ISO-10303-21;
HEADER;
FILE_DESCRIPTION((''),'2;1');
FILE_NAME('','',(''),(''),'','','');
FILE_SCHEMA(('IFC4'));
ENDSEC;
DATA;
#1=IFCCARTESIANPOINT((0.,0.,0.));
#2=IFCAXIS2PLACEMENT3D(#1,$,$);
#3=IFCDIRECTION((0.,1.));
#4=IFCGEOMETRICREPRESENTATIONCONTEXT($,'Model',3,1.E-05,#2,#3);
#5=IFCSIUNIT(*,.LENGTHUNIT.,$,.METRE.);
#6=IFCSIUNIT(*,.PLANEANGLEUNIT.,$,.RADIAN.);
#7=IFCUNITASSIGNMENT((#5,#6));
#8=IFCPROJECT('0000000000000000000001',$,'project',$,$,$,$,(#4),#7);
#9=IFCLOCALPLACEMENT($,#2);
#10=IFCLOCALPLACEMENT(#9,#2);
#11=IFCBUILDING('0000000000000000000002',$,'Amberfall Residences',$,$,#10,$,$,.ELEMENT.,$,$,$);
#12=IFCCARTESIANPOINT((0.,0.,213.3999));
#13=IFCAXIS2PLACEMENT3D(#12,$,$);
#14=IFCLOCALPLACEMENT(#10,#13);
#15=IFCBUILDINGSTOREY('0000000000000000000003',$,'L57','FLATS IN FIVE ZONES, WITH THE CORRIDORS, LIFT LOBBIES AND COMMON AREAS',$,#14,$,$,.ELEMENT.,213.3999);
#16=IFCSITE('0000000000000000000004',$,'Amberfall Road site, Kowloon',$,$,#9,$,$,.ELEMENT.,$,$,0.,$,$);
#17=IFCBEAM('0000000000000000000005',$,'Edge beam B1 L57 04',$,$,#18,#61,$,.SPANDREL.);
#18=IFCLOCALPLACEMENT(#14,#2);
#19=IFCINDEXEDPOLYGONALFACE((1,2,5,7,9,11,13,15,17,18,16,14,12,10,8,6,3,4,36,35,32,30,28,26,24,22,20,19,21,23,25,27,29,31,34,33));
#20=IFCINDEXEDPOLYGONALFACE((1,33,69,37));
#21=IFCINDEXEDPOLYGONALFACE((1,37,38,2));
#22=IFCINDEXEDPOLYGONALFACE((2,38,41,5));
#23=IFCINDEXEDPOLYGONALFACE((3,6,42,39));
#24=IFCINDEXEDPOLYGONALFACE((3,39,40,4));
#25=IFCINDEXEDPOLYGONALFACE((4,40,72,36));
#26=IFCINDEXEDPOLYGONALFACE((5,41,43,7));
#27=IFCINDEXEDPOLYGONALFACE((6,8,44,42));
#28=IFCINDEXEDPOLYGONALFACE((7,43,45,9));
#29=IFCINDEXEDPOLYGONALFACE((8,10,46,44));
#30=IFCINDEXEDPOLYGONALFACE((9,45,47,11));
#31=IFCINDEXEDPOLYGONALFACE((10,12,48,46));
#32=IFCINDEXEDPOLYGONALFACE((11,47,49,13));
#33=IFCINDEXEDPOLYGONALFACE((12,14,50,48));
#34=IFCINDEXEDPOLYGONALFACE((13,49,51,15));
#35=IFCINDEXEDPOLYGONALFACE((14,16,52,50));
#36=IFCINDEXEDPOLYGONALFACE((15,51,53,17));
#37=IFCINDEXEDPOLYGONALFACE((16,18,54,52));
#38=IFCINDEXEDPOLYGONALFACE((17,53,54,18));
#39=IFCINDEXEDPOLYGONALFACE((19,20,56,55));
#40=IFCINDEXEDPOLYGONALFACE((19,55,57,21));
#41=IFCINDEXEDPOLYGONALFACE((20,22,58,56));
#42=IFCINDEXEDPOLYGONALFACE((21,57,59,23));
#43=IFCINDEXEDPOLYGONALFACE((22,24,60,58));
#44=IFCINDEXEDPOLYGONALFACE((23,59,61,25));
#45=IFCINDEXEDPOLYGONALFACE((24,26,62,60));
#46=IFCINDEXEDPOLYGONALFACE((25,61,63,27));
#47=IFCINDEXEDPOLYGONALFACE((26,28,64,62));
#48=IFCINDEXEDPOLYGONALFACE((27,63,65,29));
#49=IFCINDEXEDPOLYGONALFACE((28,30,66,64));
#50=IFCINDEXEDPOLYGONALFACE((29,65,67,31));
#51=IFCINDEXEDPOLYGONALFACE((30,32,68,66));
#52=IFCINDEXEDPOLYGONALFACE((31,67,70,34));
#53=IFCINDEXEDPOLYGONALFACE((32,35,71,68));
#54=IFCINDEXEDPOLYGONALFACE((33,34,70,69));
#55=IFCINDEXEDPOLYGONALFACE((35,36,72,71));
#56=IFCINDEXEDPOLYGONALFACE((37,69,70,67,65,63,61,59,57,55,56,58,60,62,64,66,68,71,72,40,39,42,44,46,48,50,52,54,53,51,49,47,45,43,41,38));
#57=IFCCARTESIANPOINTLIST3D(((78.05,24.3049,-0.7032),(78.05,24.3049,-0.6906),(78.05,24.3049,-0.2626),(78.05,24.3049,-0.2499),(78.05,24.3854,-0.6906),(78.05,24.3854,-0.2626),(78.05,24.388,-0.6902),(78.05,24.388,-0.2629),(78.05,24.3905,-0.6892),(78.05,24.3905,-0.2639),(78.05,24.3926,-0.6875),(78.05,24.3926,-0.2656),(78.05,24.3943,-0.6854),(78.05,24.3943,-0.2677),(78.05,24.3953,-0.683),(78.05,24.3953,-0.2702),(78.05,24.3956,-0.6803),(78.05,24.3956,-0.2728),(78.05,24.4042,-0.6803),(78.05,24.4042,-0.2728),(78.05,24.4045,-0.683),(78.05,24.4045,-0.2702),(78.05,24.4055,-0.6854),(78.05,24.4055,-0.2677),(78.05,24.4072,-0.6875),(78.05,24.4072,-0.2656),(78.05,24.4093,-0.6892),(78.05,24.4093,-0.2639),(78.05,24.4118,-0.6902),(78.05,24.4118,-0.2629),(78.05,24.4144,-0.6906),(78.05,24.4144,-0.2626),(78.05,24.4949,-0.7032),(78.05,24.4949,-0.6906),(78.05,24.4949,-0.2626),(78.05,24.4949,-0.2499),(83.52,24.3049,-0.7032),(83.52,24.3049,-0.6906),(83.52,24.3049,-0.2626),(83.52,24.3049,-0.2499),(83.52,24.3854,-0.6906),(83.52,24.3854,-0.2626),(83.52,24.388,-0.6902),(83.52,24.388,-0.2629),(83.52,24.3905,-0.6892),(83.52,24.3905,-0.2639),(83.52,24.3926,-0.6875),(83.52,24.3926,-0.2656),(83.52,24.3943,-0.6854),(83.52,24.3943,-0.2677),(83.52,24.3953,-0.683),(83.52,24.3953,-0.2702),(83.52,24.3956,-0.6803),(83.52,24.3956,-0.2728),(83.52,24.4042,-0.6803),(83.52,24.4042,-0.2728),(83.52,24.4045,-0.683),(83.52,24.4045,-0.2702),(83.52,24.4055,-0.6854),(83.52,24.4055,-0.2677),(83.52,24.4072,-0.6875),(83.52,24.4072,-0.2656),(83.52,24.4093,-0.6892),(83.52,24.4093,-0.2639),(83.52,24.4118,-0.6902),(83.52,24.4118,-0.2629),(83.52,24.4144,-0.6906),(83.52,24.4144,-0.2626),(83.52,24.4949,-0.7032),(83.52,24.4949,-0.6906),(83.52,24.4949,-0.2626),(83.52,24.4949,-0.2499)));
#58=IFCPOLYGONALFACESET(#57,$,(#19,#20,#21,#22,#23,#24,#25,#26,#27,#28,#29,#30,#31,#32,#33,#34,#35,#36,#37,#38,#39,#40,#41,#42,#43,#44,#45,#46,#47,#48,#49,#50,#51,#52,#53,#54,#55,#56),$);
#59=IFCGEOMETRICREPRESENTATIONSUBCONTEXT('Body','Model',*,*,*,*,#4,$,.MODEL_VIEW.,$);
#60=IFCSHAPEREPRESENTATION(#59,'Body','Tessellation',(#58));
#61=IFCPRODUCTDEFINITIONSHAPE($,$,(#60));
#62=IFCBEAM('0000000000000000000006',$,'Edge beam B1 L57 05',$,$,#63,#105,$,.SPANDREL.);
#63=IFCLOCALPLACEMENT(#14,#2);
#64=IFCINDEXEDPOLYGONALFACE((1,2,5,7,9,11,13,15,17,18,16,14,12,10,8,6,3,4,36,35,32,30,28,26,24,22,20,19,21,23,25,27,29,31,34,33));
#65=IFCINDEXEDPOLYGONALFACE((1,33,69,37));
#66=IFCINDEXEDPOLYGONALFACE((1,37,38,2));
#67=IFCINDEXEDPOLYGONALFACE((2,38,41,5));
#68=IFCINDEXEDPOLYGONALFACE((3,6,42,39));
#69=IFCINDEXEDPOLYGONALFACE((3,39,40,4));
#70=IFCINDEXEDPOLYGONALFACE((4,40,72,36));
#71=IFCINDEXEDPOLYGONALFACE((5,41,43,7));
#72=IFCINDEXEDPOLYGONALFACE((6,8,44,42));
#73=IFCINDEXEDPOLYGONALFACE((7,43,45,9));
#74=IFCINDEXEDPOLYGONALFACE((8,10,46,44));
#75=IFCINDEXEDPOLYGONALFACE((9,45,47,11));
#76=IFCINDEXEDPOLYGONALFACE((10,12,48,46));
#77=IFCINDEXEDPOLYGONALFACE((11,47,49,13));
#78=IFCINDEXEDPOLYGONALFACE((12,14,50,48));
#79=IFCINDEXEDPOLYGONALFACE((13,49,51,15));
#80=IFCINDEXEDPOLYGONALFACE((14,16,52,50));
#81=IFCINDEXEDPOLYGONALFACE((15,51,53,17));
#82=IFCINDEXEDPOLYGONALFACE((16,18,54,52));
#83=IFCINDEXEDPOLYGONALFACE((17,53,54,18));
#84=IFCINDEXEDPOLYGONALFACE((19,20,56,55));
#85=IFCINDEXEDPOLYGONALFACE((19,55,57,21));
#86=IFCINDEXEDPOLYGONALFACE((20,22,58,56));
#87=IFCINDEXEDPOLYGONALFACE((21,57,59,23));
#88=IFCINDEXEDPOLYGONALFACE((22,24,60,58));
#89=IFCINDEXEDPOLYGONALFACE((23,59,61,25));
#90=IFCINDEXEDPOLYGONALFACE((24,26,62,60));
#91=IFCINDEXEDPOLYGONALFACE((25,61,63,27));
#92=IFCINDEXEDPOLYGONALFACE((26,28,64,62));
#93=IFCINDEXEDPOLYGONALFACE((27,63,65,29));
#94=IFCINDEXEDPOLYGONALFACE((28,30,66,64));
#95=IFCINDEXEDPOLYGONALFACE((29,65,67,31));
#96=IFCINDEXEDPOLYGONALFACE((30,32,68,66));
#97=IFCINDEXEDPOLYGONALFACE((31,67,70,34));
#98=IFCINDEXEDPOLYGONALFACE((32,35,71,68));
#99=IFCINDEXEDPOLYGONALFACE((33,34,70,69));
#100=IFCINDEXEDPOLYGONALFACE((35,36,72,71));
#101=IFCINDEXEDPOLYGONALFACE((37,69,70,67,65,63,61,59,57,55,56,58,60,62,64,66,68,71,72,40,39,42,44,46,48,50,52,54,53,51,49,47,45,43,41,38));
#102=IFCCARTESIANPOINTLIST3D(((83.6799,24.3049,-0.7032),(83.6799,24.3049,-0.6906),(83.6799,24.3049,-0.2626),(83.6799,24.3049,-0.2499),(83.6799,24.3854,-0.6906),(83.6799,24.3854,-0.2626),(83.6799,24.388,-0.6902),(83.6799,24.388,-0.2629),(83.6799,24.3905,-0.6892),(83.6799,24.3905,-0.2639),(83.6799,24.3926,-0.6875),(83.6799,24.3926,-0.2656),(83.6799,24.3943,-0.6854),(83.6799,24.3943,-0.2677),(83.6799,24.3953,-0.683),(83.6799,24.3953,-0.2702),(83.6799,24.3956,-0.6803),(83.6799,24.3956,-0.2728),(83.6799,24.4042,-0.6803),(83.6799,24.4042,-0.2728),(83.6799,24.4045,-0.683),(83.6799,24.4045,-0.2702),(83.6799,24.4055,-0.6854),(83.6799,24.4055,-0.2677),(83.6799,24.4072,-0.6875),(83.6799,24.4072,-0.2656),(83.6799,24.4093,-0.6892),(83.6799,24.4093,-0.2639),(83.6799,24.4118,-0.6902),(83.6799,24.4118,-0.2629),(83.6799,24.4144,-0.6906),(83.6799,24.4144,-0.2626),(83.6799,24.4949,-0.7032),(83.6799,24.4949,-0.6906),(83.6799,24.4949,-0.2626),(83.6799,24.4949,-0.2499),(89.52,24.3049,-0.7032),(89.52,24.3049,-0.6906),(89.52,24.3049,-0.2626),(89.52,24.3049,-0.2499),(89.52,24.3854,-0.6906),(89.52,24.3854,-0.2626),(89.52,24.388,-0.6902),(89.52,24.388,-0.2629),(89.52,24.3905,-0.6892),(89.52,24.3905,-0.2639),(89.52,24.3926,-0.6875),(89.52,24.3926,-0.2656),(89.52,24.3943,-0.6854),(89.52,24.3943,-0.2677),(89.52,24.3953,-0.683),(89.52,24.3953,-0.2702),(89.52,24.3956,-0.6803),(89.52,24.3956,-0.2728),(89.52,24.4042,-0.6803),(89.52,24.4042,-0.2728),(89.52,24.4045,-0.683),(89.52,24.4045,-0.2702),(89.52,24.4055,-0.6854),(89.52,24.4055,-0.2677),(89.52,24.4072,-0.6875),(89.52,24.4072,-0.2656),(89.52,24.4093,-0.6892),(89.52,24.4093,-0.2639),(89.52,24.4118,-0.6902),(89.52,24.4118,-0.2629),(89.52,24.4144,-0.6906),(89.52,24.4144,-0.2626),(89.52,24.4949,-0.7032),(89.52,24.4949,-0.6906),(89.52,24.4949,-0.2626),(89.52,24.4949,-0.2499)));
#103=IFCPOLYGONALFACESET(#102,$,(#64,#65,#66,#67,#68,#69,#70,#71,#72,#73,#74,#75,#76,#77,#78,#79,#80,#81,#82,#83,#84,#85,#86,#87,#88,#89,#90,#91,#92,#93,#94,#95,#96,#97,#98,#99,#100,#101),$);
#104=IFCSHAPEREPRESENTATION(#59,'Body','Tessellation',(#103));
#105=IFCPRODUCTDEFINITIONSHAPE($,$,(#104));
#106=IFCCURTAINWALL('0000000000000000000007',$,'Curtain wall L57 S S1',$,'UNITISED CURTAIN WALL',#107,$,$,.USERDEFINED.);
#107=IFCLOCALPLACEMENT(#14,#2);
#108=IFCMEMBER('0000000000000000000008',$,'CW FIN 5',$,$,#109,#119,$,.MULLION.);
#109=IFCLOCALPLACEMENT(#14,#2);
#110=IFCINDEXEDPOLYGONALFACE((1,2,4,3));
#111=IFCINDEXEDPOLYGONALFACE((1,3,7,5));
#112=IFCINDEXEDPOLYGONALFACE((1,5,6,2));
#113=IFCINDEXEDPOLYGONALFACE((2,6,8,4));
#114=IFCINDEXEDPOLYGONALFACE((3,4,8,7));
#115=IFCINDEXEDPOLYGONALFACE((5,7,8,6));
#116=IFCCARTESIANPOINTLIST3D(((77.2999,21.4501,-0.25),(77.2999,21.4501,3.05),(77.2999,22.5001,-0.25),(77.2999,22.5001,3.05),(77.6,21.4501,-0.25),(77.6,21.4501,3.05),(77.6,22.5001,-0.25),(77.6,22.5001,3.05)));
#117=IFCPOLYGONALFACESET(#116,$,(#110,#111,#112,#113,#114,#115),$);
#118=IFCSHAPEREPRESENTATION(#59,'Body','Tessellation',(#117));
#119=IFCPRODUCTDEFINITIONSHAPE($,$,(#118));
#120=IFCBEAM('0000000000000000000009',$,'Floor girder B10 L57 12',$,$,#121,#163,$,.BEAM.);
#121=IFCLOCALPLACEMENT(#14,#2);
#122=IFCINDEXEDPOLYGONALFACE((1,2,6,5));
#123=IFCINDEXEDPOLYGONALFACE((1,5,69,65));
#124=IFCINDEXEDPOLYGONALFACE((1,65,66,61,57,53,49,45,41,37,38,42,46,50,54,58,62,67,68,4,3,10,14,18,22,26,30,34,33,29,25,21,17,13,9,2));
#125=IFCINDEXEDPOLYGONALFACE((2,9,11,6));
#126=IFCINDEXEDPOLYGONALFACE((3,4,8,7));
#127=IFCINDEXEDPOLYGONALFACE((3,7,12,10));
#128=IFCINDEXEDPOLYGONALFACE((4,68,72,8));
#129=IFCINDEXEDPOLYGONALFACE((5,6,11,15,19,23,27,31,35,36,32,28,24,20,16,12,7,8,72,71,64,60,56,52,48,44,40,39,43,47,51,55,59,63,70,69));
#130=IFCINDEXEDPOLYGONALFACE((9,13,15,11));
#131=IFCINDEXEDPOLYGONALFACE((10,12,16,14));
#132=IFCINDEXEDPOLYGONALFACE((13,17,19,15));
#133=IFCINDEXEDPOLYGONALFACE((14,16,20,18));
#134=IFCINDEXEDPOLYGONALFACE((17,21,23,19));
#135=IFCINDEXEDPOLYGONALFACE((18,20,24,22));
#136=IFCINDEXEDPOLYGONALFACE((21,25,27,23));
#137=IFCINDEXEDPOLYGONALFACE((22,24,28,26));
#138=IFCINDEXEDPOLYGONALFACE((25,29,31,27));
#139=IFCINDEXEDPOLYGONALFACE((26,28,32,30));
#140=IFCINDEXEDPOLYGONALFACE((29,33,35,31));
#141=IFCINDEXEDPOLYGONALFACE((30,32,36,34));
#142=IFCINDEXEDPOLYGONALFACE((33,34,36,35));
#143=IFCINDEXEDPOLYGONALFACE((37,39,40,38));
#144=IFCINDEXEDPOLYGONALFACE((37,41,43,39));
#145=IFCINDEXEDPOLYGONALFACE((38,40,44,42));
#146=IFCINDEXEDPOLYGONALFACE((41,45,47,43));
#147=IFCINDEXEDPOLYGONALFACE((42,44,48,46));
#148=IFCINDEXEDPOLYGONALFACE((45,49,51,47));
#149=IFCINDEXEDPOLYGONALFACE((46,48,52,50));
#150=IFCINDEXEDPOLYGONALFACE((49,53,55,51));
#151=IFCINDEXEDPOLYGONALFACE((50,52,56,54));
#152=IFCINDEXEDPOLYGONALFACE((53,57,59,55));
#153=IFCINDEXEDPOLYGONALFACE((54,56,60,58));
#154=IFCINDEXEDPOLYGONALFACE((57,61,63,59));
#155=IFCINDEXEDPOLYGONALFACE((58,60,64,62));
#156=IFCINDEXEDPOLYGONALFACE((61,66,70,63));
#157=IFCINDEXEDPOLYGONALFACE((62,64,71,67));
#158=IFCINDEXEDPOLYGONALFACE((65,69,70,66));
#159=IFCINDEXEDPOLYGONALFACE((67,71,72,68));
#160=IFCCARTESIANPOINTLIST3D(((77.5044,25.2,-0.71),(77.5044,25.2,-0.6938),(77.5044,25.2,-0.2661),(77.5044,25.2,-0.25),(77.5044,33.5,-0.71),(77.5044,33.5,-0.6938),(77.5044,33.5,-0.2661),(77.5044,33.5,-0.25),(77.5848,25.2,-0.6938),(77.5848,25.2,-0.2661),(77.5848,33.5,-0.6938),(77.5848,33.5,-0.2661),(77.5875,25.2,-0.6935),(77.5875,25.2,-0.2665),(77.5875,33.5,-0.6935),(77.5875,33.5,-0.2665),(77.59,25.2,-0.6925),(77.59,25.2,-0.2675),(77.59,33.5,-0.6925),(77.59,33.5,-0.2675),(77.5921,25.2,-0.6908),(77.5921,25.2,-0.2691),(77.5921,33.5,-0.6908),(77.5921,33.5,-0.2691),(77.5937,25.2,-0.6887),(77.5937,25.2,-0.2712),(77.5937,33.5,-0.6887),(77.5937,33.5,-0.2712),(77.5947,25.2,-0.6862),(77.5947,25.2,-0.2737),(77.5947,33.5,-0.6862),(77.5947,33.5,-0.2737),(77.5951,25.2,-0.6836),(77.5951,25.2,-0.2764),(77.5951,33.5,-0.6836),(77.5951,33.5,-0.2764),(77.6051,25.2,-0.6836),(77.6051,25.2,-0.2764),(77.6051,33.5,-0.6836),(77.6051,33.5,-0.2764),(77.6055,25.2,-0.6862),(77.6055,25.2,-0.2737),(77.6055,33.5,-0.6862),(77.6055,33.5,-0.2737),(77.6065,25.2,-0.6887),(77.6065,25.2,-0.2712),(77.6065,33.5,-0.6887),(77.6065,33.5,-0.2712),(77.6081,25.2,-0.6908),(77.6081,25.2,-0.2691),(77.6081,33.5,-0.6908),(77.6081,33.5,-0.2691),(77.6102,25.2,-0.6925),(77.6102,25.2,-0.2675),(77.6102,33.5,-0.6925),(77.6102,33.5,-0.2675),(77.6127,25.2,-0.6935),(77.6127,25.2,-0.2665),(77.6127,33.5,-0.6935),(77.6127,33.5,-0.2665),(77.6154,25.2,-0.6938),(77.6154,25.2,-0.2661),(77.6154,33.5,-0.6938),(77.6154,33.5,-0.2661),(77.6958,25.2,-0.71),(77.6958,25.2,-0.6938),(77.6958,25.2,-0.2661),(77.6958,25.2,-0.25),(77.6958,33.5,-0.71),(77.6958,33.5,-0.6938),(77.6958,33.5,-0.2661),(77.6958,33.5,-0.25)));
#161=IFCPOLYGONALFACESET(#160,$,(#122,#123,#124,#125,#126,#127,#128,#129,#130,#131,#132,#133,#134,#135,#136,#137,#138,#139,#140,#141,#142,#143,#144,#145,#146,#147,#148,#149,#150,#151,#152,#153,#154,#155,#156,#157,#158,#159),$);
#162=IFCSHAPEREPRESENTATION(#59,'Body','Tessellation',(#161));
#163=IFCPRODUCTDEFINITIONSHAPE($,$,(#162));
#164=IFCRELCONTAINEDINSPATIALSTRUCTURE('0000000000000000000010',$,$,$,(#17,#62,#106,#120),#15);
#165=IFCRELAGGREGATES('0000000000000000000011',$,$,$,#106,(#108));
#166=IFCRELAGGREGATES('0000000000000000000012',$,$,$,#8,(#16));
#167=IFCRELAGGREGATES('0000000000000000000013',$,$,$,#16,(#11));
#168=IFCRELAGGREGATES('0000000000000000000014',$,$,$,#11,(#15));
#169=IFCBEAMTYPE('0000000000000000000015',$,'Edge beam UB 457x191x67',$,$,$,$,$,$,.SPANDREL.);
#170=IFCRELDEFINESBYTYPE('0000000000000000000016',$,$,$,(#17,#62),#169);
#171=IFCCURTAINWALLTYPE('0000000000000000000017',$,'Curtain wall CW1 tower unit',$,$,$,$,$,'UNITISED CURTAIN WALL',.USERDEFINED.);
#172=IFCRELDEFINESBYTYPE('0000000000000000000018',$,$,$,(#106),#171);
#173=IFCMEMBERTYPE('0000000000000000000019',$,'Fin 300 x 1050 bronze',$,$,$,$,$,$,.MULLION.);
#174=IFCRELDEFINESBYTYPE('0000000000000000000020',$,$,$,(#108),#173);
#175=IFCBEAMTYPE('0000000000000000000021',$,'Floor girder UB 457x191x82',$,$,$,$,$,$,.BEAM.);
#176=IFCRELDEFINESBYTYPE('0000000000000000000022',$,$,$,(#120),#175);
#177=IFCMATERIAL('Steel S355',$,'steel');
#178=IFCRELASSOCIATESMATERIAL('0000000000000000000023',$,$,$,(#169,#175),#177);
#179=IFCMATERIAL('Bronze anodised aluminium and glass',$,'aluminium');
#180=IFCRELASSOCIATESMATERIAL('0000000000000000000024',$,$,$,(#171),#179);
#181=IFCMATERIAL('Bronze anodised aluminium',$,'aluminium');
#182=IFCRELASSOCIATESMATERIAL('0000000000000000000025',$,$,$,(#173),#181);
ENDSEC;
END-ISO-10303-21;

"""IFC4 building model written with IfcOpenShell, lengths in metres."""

from ifc_helpers import new_model, si_unit, direction, frame, origin, origin_2d, place, context, subcontext, project, spatial, rectangle, i_section, extrude, material, material_profile, profile_set, type_object, element, aggregate, save


model = new_model("IFC4")

# Units and contexts
model_context = context("Model", 3, precision=1e-05, world=origin(), true_north=direction((0.0, 1.0)))
body_context = subcontext(model_context, "Body", "Model", "MODEL_VIEW")
ifc_project = project(units=[si_unit("LENGTHUNIT", "METRE"), si_unit("PLANEANGLEUNIT", "RADIAN")], contexts=[model_context])

# Site, building, storey
site_placement = place(None, origin())
site = spatial("IfcSite", under=ifc_project, at=site_placement, Name="Amberfall Road site, Kowloon", CompositionType="ELEMENT", RefElevation=0.0)
building_placement = place(site_placement, origin())
building = spatial("IfcBuilding", under=site, at=building_placement, Name="Amberfall Residences", CompositionType="ELEMENT")
storey_placement = place(building_placement, frame((0.0, 0.0, 213.3999)))
storey = spatial("IfcBuildingStorey", under=building, at=storey_placement, Name="L57", Description="FLATS IN FIVE ZONES, WITH THE CORRIDORS, LIFT LOBBIES AND COMMON AREAS", CompositionType="ELEMENT", Elevation=213.3999)

# Beams
ifc_material_1 = material(Name="Steel S355", Category="steel")
ifc_material_profile_1 = material_profile(ifc_material_1, i_section(OverallWidth=0.1899, OverallDepth=0.4534, WebThickness=0.0085, FlangeThickness=0.0127, FilletRadius=0.0103, at=origin_2d()), Name="UB 457x191x67")
ifc_profile_set_1 = profile_set([ifc_material_profile_1], Name="Steel S355")
beam_type_1 = type_object("IfcBeamType", Name="Edge beam UB 457x191x67", PredefinedType="SPANDREL", material=ifc_profile_set_1)
for number, where, z_axis, x_axis, name in (
    (1, (78.05, 24.3999, -0.4766), (1.0, 0.0, 0.0), (0.0, 1.0, 0.0), "Edge beam B1 L57 04"),
):
    element("IfcBeam", number, at=place(storey_placement, frame(where, z_axis=z_axis, x_axis=x_axis)), inside=storey, type_object=beam_type_1, Name=name, PredefinedType="SPANDREL", context=body_context, shape_type="SweptSolid", body=[
        extrude(i_section(OverallWidth=0.1899, OverallDepth=0.4534, WebThickness=0.0085, FlangeThickness=0.0127, FilletRadius=0.0103, at=origin_2d()), origin(), (0.0, 0.0, 1.0), 5.47),
    ])
beam_1_placement = place(storey_placement, frame((83.6799, 24.3999, -0.4766), z_axis=(1.0, 0.0, 0.0), x_axis=(0.0, 1.0, 0.0)))
element("IfcBeam", 2, at=beam_1_placement, inside=storey, type_object=beam_type_1, Name="Edge beam B1 L57 05", PredefinedType="SPANDREL", context=body_context, shape_type="SweptSolid", body=[
    extrude(i_section(OverallWidth=0.1899, OverallDepth=0.4534, WebThickness=0.0085, FlangeThickness=0.0127, FilletRadius=0.0103, at=origin_2d()), origin(), (0.0, 0.0, 1.0), 5.8401),
])

# Curtain wall, member
ifc_material_2 = material(Name="Bronze anodised aluminium and glass", Category="aluminium")
curtain_wall_type = type_object("IfcCurtainWallType", Name="Curtain wall CW1 tower unit", ElementType="UNITISED CURTAIN WALL", PredefinedType="USERDEFINED", material=ifc_material_2)
curtain_wall_placement = place(storey_placement, origin())
curtain_wall = element("IfcCurtainWall", 3, at=curtain_wall_placement, inside=storey, type_object=curtain_wall_type, Name="Curtain wall L57 S S1", ObjectType="UNITISED CURTAIN WALL", PredefinedType="USERDEFINED")
ifc_material_3 = material(Name="Bronze anodised aluminium", Category="aluminium")
ifc_material_profile_2 = material_profile(ifc_material_3, rectangle(XDim=1.05, YDim=0.3, at=origin_2d()), Name="Fin 300 x 1050 bronze")
ifc_profile_set_2 = profile_set([ifc_material_profile_2], Name="Bronze anodised aluminium")
member_type = type_object("IfcMemberType", Name="Fin 300 x 1050 bronze", PredefinedType="MULLION", material=ifc_profile_set_2)
member_placement = place(storey_placement, frame((77.45, 21.9751, -0.25), z_axis=(0.0, 0.0, 1.0), x_axis=(0.0, 1.0, 0.0)))
member = element("IfcMember", 4, at=member_placement, type_object=member_type, Name="CW FIN 5", PredefinedType="MULLION", context=body_context, shape_type="SweptSolid", body=[
    extrude(rectangle(XDim=1.05, YDim=0.3, at=origin_2d()), origin(), (0.0, 0.0, 1.0), 3.3),
])

# Beam
ifc_material_profile_3 = material_profile(ifc_material_1, i_section(OverallWidth=0.1914, OverallDepth=0.46, WebThickness=0.01, FlangeThickness=0.0161, FilletRadius=0.0103, at=origin_2d()), Name="UB 457x191x82")
ifc_profile_set_3 = profile_set([ifc_material_profile_3], Name="Steel S355")
beam_type_2 = type_object("IfcBeamType", Name="Floor girder UB 457x191x82", PredefinedType="BEAM", material=ifc_profile_set_3)
beam_2_placement = place(storey_placement, frame((77.6001, 25.2, -0.48), z_axis=(0.0, 1.0, 0.0), x_axis=(-1.0, 0.0, 0.0)))
element("IfcBeam", 5, at=beam_2_placement, inside=storey, type_object=beam_type_2, Name="Floor girder B10 L57 12", PredefinedType="BEAM", context=body_context, shape_type="SweptSolid", body=[
    extrude(i_section(OverallWidth=0.1914, OverallDepth=0.46, WebThickness=0.01, FlangeThickness=0.0161, FilletRadius=0.0103, at=origin_2d()), origin(), (0.0, 0.0, 1.0), 8.3),
])

aggregate(curtain_wall, [member])

save(model, "model.ifc")
